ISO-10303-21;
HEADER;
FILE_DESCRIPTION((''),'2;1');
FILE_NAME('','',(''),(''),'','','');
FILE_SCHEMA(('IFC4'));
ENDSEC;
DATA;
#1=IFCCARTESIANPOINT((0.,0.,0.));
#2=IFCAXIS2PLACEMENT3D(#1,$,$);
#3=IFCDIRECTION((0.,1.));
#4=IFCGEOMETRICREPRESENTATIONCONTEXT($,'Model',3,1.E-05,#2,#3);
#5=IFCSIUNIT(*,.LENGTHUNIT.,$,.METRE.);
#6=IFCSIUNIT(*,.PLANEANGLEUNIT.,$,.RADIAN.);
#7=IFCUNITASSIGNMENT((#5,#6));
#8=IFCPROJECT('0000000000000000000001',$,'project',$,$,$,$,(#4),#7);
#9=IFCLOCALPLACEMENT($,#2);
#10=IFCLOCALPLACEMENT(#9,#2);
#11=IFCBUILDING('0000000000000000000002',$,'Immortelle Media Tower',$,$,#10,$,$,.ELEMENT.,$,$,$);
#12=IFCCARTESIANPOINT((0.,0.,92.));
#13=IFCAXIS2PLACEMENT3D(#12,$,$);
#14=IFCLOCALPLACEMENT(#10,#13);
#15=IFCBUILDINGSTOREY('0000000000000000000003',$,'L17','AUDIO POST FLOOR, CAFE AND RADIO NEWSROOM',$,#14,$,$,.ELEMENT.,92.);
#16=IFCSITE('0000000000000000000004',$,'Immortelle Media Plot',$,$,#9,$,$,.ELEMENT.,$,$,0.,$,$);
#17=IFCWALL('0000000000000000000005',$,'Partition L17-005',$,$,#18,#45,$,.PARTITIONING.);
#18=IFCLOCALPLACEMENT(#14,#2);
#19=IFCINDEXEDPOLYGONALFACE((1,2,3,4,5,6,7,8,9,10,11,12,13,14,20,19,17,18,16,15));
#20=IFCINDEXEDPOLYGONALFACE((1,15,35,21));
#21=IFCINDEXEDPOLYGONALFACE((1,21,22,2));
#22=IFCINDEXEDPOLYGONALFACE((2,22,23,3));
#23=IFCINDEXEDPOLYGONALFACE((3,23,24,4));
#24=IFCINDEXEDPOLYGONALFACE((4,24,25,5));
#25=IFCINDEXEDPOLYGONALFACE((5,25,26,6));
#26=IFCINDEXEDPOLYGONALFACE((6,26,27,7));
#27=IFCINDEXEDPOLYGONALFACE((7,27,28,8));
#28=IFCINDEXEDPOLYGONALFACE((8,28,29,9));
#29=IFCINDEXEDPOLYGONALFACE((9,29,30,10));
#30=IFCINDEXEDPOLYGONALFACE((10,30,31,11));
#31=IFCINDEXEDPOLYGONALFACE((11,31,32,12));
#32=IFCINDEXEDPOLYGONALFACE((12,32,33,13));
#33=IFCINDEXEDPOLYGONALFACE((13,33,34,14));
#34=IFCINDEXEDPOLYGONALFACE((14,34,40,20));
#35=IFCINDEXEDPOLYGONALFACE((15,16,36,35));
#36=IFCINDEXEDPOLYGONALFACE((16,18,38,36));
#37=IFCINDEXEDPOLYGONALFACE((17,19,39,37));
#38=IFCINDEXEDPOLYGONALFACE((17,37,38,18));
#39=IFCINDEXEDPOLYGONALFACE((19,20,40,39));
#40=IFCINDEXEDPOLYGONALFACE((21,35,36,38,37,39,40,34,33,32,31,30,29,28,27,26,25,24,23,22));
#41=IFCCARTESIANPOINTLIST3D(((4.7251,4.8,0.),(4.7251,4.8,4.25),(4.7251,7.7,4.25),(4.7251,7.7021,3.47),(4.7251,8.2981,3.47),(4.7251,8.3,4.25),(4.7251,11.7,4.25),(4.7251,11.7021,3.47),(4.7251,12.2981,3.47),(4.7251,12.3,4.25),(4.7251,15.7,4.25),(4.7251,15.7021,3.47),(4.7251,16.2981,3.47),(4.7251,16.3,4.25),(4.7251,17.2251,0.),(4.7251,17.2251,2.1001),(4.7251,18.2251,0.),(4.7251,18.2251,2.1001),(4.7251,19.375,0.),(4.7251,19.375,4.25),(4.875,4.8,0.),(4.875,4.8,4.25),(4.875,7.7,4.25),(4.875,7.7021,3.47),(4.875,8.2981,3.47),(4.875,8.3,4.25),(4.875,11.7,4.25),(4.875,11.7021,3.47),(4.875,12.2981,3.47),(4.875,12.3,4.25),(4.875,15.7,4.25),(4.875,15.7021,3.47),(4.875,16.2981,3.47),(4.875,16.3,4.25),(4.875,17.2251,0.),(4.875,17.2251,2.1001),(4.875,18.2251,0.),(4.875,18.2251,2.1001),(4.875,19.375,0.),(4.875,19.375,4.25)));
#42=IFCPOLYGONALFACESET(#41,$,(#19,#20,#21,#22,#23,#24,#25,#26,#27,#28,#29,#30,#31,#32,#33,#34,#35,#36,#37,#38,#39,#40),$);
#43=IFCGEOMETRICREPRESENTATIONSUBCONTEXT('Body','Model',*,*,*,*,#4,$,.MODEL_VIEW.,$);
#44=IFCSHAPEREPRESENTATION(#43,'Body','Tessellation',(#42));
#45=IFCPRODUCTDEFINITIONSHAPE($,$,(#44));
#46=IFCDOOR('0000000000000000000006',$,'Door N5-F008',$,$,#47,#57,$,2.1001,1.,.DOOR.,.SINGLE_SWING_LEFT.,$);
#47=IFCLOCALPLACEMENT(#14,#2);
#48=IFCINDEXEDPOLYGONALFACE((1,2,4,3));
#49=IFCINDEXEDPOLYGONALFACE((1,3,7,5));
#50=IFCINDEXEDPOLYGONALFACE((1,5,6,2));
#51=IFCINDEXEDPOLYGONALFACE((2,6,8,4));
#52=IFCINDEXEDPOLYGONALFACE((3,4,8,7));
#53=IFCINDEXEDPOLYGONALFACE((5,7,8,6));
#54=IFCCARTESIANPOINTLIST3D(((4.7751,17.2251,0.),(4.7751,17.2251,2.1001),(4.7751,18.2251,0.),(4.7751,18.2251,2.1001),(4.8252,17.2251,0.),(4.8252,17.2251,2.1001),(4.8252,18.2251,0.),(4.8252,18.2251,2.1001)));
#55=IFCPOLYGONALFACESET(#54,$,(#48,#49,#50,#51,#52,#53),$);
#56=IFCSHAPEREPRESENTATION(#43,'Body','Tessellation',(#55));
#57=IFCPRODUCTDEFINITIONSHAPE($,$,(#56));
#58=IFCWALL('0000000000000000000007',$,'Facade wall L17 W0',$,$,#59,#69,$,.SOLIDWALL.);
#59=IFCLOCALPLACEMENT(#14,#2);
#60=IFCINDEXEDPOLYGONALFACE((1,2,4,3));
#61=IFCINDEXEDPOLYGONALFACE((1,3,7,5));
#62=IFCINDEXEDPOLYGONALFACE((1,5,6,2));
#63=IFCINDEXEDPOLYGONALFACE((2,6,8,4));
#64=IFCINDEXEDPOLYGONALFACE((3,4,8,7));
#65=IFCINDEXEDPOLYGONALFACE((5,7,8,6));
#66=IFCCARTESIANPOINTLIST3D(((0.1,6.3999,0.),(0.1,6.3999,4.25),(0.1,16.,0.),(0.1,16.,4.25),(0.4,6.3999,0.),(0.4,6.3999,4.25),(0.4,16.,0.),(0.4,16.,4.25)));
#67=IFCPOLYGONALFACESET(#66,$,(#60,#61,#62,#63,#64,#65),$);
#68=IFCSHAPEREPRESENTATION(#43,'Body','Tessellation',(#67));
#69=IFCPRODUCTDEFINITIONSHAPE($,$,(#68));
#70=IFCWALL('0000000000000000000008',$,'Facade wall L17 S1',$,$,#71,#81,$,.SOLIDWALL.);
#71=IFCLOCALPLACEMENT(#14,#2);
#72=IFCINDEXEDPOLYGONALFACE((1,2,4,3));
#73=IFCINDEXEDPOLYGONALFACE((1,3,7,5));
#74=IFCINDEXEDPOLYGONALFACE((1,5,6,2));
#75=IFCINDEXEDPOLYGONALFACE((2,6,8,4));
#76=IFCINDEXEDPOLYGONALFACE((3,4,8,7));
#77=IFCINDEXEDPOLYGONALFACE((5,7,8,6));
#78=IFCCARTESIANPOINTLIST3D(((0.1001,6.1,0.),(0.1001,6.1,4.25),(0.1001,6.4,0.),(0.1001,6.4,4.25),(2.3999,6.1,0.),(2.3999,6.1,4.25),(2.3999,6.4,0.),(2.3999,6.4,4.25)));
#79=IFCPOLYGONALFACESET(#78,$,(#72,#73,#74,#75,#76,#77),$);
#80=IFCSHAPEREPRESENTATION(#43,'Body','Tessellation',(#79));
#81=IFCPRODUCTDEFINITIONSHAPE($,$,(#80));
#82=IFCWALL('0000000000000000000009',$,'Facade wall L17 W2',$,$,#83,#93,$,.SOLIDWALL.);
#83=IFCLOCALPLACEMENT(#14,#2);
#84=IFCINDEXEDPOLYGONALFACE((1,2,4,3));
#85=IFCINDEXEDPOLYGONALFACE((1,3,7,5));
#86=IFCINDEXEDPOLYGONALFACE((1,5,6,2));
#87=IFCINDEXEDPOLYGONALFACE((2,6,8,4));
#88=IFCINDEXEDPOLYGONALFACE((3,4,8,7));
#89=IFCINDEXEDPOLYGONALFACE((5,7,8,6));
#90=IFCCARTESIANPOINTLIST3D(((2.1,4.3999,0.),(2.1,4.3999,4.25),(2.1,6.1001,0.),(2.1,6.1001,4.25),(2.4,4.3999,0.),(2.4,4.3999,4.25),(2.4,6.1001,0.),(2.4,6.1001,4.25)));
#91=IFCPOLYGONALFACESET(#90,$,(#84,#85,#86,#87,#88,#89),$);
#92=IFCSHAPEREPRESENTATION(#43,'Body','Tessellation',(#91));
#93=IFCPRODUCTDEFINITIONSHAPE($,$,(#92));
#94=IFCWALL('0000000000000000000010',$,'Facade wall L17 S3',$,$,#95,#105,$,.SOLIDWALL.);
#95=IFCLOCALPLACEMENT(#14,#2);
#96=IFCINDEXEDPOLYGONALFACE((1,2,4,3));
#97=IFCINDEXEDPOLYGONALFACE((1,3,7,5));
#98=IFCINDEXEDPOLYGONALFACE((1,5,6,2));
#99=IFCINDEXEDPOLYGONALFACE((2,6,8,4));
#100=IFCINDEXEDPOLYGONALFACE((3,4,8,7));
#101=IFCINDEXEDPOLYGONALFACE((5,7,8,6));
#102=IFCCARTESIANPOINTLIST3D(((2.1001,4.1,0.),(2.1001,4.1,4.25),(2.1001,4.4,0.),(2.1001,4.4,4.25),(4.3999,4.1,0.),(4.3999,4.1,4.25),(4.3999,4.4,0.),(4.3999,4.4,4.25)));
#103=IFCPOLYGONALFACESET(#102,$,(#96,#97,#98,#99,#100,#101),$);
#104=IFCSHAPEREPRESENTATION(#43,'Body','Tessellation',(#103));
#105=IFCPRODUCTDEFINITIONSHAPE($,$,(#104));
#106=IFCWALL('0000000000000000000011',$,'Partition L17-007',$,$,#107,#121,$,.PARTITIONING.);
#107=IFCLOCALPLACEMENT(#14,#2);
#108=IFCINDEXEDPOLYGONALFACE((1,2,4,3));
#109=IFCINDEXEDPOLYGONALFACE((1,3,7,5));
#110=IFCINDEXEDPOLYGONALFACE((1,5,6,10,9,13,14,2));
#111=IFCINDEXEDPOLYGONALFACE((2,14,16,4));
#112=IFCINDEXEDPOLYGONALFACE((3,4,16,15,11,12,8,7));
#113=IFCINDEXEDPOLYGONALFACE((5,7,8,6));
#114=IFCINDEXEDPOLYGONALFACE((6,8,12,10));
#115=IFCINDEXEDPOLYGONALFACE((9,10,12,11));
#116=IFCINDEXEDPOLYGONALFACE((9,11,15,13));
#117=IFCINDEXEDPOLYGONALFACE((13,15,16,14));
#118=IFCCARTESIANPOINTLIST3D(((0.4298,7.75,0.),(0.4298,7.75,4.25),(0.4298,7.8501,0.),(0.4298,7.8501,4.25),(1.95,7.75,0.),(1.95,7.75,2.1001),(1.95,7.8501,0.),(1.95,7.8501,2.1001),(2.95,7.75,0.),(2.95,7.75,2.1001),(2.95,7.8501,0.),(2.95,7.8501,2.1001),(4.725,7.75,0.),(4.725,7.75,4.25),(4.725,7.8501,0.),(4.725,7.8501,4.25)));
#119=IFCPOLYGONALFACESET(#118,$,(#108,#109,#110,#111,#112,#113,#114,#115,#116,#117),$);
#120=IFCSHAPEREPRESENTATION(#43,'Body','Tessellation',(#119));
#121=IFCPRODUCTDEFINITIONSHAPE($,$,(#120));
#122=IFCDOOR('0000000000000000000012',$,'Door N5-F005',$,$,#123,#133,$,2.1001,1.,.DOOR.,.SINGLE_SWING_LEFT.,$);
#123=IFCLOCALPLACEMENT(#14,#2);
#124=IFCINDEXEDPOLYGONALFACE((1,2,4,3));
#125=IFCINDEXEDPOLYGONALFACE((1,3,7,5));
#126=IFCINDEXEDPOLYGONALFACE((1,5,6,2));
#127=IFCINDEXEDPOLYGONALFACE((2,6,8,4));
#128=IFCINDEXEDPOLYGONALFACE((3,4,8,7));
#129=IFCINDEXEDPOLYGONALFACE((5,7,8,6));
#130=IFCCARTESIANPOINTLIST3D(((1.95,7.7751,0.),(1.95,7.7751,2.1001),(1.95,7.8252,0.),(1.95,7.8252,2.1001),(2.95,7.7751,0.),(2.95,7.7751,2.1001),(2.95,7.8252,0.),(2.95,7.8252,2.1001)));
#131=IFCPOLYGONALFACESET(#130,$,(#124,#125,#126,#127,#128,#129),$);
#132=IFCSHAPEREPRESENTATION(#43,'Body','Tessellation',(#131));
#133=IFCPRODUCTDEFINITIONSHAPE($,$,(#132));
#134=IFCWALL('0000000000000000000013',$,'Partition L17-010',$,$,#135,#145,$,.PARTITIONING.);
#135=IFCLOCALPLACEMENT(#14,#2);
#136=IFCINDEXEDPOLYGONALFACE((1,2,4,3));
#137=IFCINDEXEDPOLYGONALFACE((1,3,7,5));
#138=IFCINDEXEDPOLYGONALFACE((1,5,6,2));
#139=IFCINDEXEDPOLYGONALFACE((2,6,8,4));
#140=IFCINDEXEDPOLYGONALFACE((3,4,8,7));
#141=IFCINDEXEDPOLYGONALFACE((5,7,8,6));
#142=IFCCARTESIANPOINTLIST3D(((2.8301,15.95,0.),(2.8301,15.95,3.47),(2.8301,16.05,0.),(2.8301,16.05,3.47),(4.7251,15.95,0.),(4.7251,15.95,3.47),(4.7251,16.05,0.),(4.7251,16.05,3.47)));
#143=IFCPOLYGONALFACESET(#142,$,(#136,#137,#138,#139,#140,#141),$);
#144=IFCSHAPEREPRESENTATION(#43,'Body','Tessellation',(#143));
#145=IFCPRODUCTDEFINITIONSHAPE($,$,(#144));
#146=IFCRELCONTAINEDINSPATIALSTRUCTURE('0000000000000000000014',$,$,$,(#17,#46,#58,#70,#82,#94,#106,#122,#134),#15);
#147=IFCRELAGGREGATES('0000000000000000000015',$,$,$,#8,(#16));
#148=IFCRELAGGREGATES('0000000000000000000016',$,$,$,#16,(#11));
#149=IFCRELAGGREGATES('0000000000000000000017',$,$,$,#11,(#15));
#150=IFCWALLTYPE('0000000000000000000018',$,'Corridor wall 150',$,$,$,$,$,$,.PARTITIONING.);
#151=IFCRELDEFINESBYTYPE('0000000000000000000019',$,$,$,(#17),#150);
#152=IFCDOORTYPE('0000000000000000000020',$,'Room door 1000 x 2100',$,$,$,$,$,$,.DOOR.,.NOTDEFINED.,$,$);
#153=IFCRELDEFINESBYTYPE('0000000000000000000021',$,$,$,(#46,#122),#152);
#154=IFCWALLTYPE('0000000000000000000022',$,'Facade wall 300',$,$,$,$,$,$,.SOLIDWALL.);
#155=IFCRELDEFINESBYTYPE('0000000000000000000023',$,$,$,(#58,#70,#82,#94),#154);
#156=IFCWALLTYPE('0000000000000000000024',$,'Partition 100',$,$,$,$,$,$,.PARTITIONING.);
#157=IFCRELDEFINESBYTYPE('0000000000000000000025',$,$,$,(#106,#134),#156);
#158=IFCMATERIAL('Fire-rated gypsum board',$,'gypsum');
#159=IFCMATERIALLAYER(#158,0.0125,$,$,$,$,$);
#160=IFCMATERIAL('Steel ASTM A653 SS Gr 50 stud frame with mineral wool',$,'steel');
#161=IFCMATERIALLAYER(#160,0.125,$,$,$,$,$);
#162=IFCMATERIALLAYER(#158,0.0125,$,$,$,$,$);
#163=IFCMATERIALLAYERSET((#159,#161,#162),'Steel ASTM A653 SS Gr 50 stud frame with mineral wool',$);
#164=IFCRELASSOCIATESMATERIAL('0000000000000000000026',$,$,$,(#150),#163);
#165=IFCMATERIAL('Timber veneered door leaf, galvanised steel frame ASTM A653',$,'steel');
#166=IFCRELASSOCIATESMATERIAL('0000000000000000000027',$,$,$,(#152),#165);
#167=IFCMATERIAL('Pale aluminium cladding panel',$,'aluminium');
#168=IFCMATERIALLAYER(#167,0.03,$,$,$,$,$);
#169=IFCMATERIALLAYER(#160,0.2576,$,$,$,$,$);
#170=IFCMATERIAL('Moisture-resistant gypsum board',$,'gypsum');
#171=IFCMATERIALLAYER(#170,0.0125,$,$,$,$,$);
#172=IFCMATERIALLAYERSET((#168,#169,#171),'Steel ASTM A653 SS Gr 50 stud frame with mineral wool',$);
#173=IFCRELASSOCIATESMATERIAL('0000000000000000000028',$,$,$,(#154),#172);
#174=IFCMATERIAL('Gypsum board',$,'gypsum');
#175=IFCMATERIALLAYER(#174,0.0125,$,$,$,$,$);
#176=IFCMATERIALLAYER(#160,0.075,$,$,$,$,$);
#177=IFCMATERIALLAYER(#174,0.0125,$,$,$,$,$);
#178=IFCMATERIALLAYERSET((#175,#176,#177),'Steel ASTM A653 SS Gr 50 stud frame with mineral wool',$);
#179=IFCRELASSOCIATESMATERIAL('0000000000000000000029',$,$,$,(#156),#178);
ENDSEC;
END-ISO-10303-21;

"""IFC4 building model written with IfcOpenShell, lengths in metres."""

from ifc_helpers import new_model, si_unit, direction, frame, frame_2d, origin, place, context, subcontext, project, spatial, polyline, rectangle, outline, extrude, material, layer, layer_set, type_object, element, fill, save


model = new_model("IFC4")

# Units and contexts
model_context = context("Model", 3, precision=1e-05, world=origin(), true_north=direction((0.0, 1.0)))
body_context = subcontext(model_context, "Body", "Model", "MODEL_VIEW")
ifc_project = project(units=[si_unit("LENGTHUNIT", "METRE"), si_unit("PLANEANGLEUNIT", "RADIAN")], contexts=[model_context])

# Site, building, storey
site_placement = place(None, origin())
site = spatial("IfcSite", under=ifc_project, at=site_placement, Name="Immortelle Media Plot", CompositionType="ELEMENT", RefElevation=0.0)
building_placement = place(site_placement, origin())
building = spatial("IfcBuilding", under=site, at=building_placement, Name="Immortelle Media Tower", CompositionType="ELEMENT")
storey_placement = place(building_placement, frame((0.0, 0.0, 92.0)))
storey = spatial("IfcBuildingStorey", under=building, at=storey_placement, Name="L17", Description="AUDIO POST FLOOR, CAFE AND RADIO NEWSROOM", CompositionType="ELEMENT", Elevation=92.0)

# Shared definitions
ifc_material_1 = material(Name="Fire-rated gypsum board", Category="gypsum")
ifc_layer_1 = layer(ifc_material_1, 0.0125)
ifc_material_2 = material(Name="Steel ASTM A653 SS Gr 50 stud frame with mineral wool", Category="steel")
ifc_layer_2 = layer(ifc_material_2, 0.125)
ifc_layer_3 = layer(ifc_material_1, 0.0125)
ifc_layer_set_1 = layer_set([ifc_layer_1, ifc_layer_2, ifc_layer_3], Name="Steel ASTM A653 SS Gr 50 stud frame with mineral wool")
wall_type_1 = type_object("IfcWallType", Name="Corridor wall 150", PredefinedType="PARTITIONING", material=ifc_layer_set_1)
ifc_material_3 = material(Name="Timber veneered door leaf, galvanised steel frame ASTM A653", Category="steel")
door_type_1 = type_object("IfcDoorType", Name="Room door 1000 x 2100", OperationType="NOTDEFINED", PredefinedType="DOOR", material=ifc_material_3)

# Wall, opening, door
wall_1_placement = place(storey_placement, frame((4.8, 4.8, 0.0), z_axis=(0.0, 0.0, 1.0), x_axis=(0.0, 1.0, 0.0)))
wall_1 = element("IfcWall", 1, at=wall_1_placement, inside=storey, type_object=wall_type_1, Name="Partition L17-005", PredefinedType="PARTITIONING", context=body_context, shape_type="SweptSolid", body=[
    extrude(outline(polyline([(0.0, 0.0), (14.575, 0.0), (14.575, 4.25), (11.5, 4.25), (11.498, 3.47), (10.9021, 3.47), (10.8999, 4.25), (7.5, 4.25), (7.498, 3.47), (6.9021, 3.47), (6.8999, 4.25), (3.5, 4.25), (3.498, 3.47), (2.9021, 3.47), (2.8999, 4.25), (0.0, 4.25), (0.0, 0.0)])), frame((0.0, 0.075, 0.0), z_axis=(0.0, -1.0, 0.0), x_axis=(1.0, 0.0, 0.0)), (0.0, 0.0, 1.0), 0.1499),
])
opening_1_placement = place(wall_1_placement, frame((12.425, 0.0, 0.0)))
opening_1 = element("IfcOpeningElement", 2, at=opening_1_placement, cuts=wall_1, PredefinedType="OPENING", context=body_context, shape_type="SweptSolid", body=[
    extrude(rectangle(XDim=1.0, YDim=2.1001, at=frame_2d((0.5, 1.05))), frame((0.0, 0.085, 0.0), z_axis=(0.0, -1.0, 0.0), x_axis=(1.0, 0.0, 0.0)), (0.0, 0.0, 1.0), 0.1699),
])
door_1_placement = place(opening_1_placement, origin())
door_1 = element("IfcDoor", 3, at=door_1_placement, inside=storey, type_object=door_type_1, Name="Door N5-F008", OperationType="SINGLE_SWING_LEFT", OverallHeight=2.1001, OverallWidth=1.0, PredefinedType="DOOR", context=body_context, shape_type="SweptSolid", body=[
    extrude(rectangle(XDim=1.0, YDim=2.1001, at=frame_2d((0.5, 1.05))), frame((0.0, 0.0249, 0.0), z_axis=(0.0, -1.0, 0.0), x_axis=(1.0, 0.0, 0.0)), (0.0, 0.0, 1.0), 0.05),
])
fill(opening_1, door_1)

# Walls
ifc_material_4 = material(Name="Pale aluminium cladding panel", Category="aluminium")
ifc_layer_4 = layer(ifc_material_4, 0.03)
ifc_layer_5 = layer(ifc_material_2, 0.2576)
ifc_material_5 = material(Name="Moisture-resistant gypsum board", Category="gypsum")
ifc_layer_6 = layer(ifc_material_5, 0.0125)
ifc_layer_set_2 = layer_set([ifc_layer_4, ifc_layer_5, ifc_layer_6], Name="Steel ASTM A653 SS Gr 50 stud frame with mineral wool")
wall_type_2 = type_object("IfcWallType", Name="Facade wall 300", PredefinedType="SOLIDWALL", material=ifc_layer_set_2)
wall_2_placement = place(storey_placement, frame((0.25, 16.0, 0.0), z_axis=(0.0, 0.0, 1.0), x_axis=(0.0, -1.0, 0.0)))
element("IfcWall", 4, at=wall_2_placement, inside=storey, type_object=wall_type_2, Name="Facade wall L17 W0", PredefinedType="SOLIDWALL", context=body_context, shape_type="SweptSolid", body=[
    extrude(rectangle(XDim=9.6001, YDim=0.3, at=frame_2d((4.8, 0.0))), origin(), (0.0, 0.0, 1.0), 4.25),
])
wall_3_placement = place(storey_placement, frame((0.1001, 6.25, 0.0), z_axis=(0.0, 0.0, 1.0), x_axis=(1.0, 0.0, 0.0)))
element("IfcWall", 5, at=wall_3_placement, inside=storey, type_object=wall_type_2, Name="Facade wall L17 S1", PredefinedType="SOLIDWALL", context=body_context, shape_type="SweptSolid", body=[
    extrude(rectangle(XDim=2.2998, YDim=0.3, at=frame_2d((1.1499, 0.0))), origin(), (0.0, 0.0, 1.0), 4.25),
])
wall_4_placement = place(storey_placement, frame((2.25, 6.1001, 0.0), z_axis=(0.0, 0.0, 1.0), x_axis=(0.0, -1.0, 0.0)))
element("IfcWall", 6, at=wall_4_placement, inside=storey, type_object=wall_type_2, Name="Facade wall L17 W2", PredefinedType="SOLIDWALL", context=body_context, shape_type="SweptSolid", body=[
    extrude(rectangle(XDim=1.7002, YDim=0.3, at=frame_2d((0.8501, 0.0))), origin(), (0.0, 0.0, 1.0), 4.25),
])
wall_5_placement = place(storey_placement, frame((2.1001, 4.25, 0.0), z_axis=(0.0, 0.0, 1.0), x_axis=(1.0, 0.0, 0.0)))
element("IfcWall", 7, at=wall_5_placement, inside=storey, type_object=wall_type_2, Name="Facade wall L17 S3", PredefinedType="SOLIDWALL", context=body_context, shape_type="SweptSolid", body=[
    extrude(rectangle(XDim=2.2998, YDim=0.3, at=frame_2d((1.1499, 0.0))), origin(), (0.0, 0.0, 1.0), 4.25),
])

# Wall, opening, door
ifc_material_6 = material(Name="Gypsum board", Category="gypsum")
ifc_layer_7 = layer(ifc_material_6, 0.0125)
ifc_layer_8 = layer(ifc_material_2, 0.075)
ifc_layer_9 = layer(ifc_material_6, 0.0125)
ifc_layer_set_3 = layer_set([ifc_layer_7, ifc_layer_8, ifc_layer_9], Name="Steel ASTM A653 SS Gr 50 stud frame with mineral wool")
wall_type_3 = type_object("IfcWallType", Name="Partition 100", PredefinedType="PARTITIONING", material=ifc_layer_set_3)
wall_6_placement = place(storey_placement, frame((0.4299, 7.8, 0.0), z_axis=(0.0, 0.0, 1.0), x_axis=(1.0, 0.0, 0.0)))
wall_6 = element("IfcWall", 8, at=wall_6_placement, inside=storey, type_object=wall_type_3, Name="Partition L17-007", PredefinedType="PARTITIONING", context=body_context, shape_type="SweptSolid", body=[
    extrude(rectangle(XDim=4.2952, YDim=0.1001, at=frame_2d((2.1475, 0.0))), origin(), (0.0, 0.0, 1.0), 4.25),
])
opening_2_placement = place(wall_6_placement, frame((2.52, 0.0, 0.0), z_axis=(0.0, 0.0, 1.0), x_axis=(-1.0, 0.0, 0.0)))
opening_2 = element("IfcOpeningElement", 9, at=opening_2_placement, cuts=wall_6, PredefinedType="OPENING", context=body_context, shape_type="SweptSolid", body=[
    extrude(rectangle(XDim=1.0, YDim=2.1001, at=frame_2d((0.5, 1.05))), frame((0.0, 0.0601, 0.0), z_axis=(0.0, -1.0, 0.0), x_axis=(1.0, 0.0, 0.0)), (0.0, 0.0, 1.0), 0.1201),
])
door_2_placement = place(opening_2_placement, origin())
door_2 = element("IfcDoor", 10, at=door_2_placement, inside=storey, type_object=door_type_1, Name="Door N5-F005", OperationType="SINGLE_SWING_LEFT", OverallHeight=2.1001, OverallWidth=1.0, PredefinedType="DOOR", context=body_context, shape_type="SweptSolid", body=[
    extrude(rectangle(XDim=1.0, YDim=2.1001, at=frame_2d((0.5, 1.05))), frame((0.0, 0.0249, 0.0), z_axis=(0.0, -1.0, 0.0), x_axis=(1.0, 0.0, 0.0)), (0.0, 0.0, 1.0), 0.05),
])
fill(opening_2, door_2)

# Wall
wall_7_placement = place(storey_placement, frame((2.8301, 16.0, 0.0), z_axis=(0.0, 0.0, 1.0), x_axis=(1.0, 0.0, 0.0)))
element("IfcWall", 11, at=wall_7_placement, inside=storey, type_object=wall_type_3, Name="Partition L17-010", PredefinedType="PARTITIONING", context=body_context, shape_type="SweptSolid", body=[
    extrude(rectangle(XDim=1.895, YDim=0.1001, at=frame_2d((0.9475, 0.0))), origin(), (0.0, 0.0, 1.0), 3.47),
])

save(model, "model.ifc")
